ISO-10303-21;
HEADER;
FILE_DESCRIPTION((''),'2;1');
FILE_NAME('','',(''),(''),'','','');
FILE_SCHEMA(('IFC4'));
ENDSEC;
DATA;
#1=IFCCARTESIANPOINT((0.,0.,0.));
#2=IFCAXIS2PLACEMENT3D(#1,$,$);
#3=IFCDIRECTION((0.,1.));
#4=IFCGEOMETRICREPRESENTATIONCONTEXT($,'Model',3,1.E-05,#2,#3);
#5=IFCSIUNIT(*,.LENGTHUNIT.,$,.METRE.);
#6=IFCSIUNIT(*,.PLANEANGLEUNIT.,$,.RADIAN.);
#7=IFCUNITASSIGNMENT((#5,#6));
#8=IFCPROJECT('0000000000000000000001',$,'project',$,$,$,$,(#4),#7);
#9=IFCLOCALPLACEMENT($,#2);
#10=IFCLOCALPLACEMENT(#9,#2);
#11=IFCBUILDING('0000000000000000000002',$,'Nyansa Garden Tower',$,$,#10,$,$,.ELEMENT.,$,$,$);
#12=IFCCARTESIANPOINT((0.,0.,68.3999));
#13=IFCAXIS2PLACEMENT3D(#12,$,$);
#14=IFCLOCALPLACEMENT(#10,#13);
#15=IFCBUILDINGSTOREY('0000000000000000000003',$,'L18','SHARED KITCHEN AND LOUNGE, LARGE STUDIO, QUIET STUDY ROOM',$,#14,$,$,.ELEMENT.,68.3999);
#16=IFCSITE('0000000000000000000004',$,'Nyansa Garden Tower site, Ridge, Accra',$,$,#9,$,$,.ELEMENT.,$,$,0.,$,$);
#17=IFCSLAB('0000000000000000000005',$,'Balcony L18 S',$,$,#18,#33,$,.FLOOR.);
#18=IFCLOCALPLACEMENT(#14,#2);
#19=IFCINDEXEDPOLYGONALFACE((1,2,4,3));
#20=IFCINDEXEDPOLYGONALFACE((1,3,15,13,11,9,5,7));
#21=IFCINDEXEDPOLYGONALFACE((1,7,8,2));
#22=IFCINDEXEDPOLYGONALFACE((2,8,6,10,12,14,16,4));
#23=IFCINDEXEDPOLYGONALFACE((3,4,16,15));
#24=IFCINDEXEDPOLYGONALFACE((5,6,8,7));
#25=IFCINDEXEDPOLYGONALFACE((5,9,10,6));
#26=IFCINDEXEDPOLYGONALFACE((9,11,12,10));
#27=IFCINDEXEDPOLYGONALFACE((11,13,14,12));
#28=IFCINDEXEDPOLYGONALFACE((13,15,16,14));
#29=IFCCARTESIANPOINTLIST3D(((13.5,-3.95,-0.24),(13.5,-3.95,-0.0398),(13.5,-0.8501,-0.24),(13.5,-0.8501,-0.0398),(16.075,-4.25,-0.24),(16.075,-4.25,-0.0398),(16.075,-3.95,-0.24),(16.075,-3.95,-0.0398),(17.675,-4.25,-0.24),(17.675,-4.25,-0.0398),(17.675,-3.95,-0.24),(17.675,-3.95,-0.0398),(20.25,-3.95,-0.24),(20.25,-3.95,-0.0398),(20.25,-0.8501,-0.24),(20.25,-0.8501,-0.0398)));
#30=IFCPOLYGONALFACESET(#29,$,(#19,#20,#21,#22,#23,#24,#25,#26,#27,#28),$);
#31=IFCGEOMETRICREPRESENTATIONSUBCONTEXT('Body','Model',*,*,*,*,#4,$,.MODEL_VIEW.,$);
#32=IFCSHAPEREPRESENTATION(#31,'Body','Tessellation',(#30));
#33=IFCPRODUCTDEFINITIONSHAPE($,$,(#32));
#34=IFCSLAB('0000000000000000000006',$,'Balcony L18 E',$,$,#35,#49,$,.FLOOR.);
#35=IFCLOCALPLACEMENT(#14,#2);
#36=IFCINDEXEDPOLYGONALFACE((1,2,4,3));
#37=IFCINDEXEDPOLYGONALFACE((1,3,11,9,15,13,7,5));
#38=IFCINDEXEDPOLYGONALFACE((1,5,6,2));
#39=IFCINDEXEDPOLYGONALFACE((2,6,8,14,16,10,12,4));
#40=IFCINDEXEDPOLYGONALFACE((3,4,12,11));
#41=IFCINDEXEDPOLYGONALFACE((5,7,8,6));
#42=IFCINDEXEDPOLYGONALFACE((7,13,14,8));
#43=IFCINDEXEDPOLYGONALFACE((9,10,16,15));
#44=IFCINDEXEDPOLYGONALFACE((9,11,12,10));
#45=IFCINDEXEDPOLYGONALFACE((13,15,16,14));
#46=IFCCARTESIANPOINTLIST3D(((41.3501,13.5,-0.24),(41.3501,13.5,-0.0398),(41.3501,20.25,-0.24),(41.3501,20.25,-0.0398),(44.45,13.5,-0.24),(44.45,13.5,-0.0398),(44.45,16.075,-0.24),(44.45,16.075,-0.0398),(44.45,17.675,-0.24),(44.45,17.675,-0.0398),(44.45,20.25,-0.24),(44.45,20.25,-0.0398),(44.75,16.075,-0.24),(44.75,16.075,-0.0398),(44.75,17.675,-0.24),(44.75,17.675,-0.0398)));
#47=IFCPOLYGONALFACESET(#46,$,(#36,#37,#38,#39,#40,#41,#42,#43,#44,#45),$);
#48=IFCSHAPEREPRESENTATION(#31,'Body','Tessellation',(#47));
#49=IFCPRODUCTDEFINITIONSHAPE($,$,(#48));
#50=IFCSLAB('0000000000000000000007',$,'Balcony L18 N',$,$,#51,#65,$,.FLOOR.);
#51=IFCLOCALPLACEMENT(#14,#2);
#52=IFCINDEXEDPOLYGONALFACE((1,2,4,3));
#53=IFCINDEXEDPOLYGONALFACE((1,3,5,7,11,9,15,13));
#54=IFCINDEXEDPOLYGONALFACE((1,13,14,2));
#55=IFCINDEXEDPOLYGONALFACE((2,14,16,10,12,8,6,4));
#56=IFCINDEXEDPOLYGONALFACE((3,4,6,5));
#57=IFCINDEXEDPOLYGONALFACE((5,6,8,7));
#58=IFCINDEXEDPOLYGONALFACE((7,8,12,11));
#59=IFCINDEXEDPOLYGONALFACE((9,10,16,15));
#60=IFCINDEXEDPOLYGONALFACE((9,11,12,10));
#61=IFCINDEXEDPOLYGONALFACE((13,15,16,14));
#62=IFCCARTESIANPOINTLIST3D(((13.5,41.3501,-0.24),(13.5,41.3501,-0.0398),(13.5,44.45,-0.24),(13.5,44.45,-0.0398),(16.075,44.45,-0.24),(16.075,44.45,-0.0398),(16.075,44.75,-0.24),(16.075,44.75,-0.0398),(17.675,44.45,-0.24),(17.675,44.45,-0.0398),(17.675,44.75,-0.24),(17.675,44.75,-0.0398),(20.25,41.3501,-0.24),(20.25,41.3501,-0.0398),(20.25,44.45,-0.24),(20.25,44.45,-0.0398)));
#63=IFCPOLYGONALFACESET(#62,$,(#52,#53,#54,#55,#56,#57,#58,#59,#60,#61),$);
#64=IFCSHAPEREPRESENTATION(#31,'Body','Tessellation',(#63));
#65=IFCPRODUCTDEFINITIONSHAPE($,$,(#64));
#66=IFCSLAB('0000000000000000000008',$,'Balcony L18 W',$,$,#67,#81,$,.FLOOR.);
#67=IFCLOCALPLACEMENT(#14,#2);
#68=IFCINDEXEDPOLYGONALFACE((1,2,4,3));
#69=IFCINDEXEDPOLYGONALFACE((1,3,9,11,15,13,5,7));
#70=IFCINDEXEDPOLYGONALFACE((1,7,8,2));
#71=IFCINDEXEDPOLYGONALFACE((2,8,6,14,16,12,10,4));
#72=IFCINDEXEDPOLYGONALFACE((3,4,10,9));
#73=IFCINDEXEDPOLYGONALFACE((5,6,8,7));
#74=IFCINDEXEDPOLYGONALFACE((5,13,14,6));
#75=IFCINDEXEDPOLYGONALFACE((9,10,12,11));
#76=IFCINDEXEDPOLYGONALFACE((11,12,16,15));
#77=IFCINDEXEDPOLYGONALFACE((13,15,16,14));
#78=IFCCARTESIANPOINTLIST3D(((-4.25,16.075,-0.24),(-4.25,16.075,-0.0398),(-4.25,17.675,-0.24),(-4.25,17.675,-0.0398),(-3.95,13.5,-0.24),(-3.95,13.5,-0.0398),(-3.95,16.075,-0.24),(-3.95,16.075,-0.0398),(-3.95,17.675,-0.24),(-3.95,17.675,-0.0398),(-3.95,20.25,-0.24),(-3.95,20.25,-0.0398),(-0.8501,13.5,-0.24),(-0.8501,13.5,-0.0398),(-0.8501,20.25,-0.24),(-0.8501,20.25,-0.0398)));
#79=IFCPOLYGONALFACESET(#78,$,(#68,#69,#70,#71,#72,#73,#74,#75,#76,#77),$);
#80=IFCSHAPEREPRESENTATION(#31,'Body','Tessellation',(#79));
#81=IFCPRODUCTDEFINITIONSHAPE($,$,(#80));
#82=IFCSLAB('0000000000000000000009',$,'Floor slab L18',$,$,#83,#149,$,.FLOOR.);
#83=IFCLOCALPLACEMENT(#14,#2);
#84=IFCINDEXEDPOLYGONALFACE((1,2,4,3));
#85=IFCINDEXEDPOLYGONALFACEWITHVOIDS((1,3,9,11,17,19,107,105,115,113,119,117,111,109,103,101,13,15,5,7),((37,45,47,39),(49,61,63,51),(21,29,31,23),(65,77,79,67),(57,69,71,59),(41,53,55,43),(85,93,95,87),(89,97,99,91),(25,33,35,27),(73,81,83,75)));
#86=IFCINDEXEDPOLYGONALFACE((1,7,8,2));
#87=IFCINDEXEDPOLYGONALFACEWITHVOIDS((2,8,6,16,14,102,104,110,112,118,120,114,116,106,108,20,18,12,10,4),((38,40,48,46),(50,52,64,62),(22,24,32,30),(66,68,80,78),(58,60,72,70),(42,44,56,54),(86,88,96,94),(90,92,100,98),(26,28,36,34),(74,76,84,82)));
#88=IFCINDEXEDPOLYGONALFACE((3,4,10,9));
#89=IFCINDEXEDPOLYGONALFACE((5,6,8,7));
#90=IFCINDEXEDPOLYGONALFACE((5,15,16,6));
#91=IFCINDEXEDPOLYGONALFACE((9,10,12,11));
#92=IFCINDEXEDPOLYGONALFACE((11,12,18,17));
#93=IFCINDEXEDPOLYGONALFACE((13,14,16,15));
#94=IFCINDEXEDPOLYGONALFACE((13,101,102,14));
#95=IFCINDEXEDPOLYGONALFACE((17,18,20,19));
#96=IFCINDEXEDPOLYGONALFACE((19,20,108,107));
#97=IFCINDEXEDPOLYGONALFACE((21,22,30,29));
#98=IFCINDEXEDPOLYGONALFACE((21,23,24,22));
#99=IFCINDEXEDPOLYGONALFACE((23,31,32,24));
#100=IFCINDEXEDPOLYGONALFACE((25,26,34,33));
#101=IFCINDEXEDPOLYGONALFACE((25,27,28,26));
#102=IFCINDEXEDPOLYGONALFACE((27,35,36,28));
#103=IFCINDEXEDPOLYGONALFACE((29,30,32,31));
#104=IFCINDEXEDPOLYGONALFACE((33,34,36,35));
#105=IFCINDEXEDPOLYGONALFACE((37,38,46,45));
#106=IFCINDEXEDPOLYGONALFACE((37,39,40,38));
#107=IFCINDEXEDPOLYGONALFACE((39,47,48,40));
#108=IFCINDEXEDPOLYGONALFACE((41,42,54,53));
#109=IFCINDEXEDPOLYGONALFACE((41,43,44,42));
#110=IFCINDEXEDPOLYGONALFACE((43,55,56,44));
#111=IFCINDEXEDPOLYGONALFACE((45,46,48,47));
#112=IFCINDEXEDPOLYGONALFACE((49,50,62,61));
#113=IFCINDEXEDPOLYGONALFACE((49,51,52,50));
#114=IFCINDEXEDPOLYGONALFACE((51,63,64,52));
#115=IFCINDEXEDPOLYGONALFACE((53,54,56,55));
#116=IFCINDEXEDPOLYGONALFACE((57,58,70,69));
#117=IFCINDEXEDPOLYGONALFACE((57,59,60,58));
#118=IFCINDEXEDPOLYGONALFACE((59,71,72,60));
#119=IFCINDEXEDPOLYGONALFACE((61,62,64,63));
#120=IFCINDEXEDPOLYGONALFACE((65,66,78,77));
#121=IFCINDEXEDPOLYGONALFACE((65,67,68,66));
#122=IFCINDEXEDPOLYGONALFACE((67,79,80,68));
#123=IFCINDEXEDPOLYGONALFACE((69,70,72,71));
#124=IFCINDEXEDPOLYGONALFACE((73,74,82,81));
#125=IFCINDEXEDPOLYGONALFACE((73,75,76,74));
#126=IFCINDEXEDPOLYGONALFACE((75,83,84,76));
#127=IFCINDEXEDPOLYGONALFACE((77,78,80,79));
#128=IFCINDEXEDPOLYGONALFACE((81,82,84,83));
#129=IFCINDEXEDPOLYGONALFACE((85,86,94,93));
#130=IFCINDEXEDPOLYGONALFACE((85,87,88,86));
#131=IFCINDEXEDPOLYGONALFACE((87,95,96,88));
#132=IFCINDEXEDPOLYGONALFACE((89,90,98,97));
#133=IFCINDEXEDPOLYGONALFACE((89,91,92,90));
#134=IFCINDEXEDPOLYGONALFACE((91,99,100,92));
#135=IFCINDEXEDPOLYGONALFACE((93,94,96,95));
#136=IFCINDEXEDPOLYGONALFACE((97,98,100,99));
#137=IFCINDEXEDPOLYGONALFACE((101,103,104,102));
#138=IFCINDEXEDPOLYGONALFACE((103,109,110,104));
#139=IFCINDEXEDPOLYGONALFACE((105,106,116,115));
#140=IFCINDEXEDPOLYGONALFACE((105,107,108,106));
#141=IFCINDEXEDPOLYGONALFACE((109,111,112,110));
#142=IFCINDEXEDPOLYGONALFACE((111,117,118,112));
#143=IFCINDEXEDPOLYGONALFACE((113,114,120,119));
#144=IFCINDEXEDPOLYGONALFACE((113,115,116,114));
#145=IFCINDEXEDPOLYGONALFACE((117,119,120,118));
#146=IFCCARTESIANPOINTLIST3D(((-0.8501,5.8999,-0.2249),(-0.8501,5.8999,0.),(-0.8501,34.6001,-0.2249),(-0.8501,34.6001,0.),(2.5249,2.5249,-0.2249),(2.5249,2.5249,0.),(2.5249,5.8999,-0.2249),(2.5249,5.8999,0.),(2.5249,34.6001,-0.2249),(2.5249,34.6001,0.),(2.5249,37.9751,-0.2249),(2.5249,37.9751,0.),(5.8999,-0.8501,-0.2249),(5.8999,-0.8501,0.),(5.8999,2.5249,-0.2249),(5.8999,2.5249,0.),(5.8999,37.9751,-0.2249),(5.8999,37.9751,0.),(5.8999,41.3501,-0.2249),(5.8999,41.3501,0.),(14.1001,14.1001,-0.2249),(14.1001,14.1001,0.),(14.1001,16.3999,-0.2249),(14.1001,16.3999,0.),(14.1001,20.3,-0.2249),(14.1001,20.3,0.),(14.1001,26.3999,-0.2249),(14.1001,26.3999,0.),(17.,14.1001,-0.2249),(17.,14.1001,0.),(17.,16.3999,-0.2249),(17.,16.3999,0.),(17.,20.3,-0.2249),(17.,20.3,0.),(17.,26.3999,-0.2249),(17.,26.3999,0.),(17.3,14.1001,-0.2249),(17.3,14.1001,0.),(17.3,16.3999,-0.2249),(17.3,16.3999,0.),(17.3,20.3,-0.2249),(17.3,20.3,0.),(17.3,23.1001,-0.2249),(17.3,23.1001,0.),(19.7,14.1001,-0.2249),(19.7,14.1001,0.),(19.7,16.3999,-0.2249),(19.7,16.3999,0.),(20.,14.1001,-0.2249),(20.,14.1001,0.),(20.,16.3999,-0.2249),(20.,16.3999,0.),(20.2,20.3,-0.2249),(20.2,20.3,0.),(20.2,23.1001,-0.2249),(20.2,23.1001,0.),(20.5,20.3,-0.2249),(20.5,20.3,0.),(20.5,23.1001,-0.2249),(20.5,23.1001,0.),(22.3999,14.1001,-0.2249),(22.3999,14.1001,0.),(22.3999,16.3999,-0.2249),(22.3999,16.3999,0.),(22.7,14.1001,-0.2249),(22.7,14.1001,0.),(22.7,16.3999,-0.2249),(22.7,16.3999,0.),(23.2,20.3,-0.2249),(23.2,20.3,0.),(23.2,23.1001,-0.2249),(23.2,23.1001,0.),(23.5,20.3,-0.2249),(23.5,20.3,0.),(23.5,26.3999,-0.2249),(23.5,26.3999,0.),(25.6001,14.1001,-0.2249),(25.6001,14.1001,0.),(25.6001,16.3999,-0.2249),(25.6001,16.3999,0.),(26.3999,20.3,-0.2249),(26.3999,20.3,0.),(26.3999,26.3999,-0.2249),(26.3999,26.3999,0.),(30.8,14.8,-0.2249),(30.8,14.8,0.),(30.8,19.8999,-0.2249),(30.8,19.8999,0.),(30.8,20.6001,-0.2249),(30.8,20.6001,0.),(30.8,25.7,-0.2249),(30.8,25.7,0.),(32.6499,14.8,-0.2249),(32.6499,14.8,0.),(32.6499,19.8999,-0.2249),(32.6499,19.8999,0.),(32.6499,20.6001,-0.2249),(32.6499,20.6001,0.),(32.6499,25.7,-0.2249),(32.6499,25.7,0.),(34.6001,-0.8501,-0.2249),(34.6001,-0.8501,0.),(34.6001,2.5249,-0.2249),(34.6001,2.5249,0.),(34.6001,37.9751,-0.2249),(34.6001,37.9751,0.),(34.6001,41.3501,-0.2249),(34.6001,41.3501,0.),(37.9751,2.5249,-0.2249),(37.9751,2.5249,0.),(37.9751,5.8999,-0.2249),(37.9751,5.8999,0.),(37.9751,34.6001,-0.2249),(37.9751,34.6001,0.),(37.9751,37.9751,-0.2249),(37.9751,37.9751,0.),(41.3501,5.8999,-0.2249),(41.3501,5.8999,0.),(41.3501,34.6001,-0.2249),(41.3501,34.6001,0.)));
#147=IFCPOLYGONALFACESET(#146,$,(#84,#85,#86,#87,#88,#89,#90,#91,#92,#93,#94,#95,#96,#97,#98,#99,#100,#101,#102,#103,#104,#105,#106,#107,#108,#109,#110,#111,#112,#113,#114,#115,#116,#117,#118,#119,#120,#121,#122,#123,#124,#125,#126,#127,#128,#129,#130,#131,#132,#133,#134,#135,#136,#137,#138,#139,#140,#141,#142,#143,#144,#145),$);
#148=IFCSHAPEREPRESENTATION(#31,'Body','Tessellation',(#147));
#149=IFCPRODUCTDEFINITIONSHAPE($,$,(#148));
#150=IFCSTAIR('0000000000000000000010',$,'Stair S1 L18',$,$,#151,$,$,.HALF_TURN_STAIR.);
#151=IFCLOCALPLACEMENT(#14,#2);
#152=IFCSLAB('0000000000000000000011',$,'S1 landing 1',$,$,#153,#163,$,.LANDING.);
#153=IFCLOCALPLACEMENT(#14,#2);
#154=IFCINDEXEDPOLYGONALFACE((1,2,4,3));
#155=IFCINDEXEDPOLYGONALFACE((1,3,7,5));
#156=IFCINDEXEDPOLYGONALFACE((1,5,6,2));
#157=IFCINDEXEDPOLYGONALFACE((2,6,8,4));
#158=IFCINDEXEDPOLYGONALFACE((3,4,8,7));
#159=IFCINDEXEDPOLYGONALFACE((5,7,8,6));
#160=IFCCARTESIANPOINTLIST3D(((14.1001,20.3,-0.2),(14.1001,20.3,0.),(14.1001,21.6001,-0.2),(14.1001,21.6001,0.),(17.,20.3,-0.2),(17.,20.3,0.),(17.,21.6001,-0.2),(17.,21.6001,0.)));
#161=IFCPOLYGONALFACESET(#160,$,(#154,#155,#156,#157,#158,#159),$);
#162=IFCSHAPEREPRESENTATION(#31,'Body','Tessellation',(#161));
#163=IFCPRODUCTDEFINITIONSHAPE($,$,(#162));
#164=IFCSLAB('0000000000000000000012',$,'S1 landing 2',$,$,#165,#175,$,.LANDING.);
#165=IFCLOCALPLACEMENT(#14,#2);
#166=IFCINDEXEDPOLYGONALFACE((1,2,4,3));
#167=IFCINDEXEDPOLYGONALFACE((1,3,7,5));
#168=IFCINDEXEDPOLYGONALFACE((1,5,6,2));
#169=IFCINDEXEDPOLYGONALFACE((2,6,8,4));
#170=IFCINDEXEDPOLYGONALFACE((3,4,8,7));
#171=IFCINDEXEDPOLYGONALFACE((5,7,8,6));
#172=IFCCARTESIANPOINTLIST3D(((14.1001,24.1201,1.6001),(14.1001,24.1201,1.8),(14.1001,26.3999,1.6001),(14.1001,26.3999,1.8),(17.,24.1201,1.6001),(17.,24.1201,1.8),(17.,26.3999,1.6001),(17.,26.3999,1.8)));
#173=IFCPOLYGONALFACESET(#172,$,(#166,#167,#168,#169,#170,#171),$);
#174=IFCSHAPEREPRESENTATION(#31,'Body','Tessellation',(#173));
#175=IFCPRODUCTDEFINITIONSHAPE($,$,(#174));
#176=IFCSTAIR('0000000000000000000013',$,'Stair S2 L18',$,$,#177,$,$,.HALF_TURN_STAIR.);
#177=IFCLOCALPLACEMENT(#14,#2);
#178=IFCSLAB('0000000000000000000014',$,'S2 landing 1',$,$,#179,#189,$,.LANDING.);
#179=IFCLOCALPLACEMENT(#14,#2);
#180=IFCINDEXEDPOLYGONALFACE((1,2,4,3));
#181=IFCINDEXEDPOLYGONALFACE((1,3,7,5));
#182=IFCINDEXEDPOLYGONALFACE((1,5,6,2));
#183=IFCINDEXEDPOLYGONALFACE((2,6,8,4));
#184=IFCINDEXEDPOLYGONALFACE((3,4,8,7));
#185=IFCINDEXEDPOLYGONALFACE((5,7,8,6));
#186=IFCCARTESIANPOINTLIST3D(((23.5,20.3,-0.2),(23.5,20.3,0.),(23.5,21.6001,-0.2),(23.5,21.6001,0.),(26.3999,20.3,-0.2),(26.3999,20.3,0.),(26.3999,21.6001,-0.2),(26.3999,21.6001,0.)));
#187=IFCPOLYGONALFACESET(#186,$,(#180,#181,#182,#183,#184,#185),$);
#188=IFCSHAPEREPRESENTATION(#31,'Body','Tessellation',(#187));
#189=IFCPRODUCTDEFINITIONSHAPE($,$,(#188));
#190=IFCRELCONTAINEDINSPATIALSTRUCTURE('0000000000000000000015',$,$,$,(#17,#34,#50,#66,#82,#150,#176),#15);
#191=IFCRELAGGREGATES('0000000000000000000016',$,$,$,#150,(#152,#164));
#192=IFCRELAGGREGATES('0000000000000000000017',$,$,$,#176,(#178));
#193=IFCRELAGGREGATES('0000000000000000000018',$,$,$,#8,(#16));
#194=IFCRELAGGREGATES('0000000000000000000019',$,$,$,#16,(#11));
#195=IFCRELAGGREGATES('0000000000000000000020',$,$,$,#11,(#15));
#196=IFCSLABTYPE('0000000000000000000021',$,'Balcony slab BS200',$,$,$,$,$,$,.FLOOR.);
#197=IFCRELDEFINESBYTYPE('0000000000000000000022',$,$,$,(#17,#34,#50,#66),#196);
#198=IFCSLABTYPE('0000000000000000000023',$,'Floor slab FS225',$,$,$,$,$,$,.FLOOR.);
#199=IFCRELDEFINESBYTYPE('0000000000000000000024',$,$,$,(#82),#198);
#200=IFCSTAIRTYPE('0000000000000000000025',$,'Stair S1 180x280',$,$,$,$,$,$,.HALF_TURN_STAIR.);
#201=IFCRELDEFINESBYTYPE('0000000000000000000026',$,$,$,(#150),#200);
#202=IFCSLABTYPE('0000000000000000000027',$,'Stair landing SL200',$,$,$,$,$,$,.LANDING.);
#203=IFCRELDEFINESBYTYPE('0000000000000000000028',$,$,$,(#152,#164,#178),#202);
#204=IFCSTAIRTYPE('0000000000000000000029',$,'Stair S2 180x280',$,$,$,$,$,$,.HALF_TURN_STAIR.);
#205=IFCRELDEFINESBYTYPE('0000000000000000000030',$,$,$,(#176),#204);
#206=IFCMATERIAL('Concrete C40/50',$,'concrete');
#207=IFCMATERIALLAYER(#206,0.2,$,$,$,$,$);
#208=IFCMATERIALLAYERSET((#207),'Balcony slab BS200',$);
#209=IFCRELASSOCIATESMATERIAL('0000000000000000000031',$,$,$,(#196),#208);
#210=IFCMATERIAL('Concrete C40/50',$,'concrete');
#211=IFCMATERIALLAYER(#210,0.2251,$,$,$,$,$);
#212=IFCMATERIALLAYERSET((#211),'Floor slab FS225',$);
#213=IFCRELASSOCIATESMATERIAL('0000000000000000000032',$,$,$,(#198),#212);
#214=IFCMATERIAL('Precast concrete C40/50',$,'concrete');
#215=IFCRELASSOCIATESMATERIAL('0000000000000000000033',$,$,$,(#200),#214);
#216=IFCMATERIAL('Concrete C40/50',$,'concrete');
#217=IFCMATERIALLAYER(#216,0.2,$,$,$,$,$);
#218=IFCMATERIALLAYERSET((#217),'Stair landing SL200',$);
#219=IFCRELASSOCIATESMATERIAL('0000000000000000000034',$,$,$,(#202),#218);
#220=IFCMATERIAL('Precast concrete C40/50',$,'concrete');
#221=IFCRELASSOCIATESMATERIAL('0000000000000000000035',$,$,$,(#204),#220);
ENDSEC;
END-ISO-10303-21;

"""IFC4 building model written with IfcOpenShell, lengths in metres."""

from ifc_helpers import new_model, si_unit, direction, frame, origin, place, context, subcontext, project, spatial, polyline, outline, extrude, material, layer, layer_set, type_object, element, aggregate, save


model = new_model("IFC4")

# Units and contexts
model_context = context("Model", 3, precision=1e-05, world=origin(), true_north=direction((0.0, 1.0)))
body_context = subcontext(model_context, "Body", "Model", "MODEL_VIEW")
ifc_project = project(units=[si_unit("LENGTHUNIT", "METRE"), si_unit("PLANEANGLEUNIT", "RADIAN")], contexts=[model_context])

# Site, building, storey
site_placement = place(None, origin())
site = spatial("IfcSite", under=ifc_project, at=site_placement, Name="Nyansa Garden Tower site, Ridge, Accra", CompositionType="ELEMENT", RefElevation=0.0)
building_placement = place(site_placement, origin())
building = spatial("IfcBuilding", under=site, at=building_placement, Name="Nyansa Garden Tower", CompositionType="ELEMENT")
storey_placement = place(building_placement, frame((0.0, 0.0, 68.3999)))
storey = spatial("IfcBuildingStorey", under=building, at=storey_placement, Name="L18", Description="SHARED KITCHEN AND LOUNGE, LARGE STUDIO, QUIET STUDY ROOM", CompositionType="ELEMENT", Elevation=68.3999)

# Slabs
ifc_material_1 = material(Name="Concrete C40/50", Category="concrete")
ifc_layer_1 = layer(ifc_material_1, 0.2)
ifc_layer_set_1 = layer_set([ifc_layer_1], Name="Balcony slab BS200")
slab_type_1 = type_object("IfcSlabType", Name="Balcony slab BS200", PredefinedType="FLOOR", material=ifc_layer_set_1)
slab_1_placement = place(storey_placement, frame((0.0, 0.0, -0.24)))
element("IfcSlab", 1, at=slab_1_placement, inside=storey, type_object=slab_type_1, Name="Balcony L18 S", PredefinedType="FLOOR", context=body_context, shape_type="SweptSolid", body=[
    extrude(outline(polyline([(13.5, -0.8501), (20.25, -0.8501), (20.25, -3.95), (17.675, -3.95), (17.675, -4.25), (16.075, -4.25), (16.075, -3.95), (13.5, -3.95), (13.5, -0.8501)])), origin(), (0.0, 0.0, 1.0), 0.2002),
])
slab_2_placement = place(storey_placement, frame((0.0, 0.0, -0.24)))
element("IfcSlab", 2, at=slab_2_placement, inside=storey, type_object=slab_type_1, Name="Balcony L18 E", PredefinedType="FLOOR", context=body_context, shape_type="SweptSolid", body=[
    extrude(outline(polyline([(41.3501, 13.5), (41.3501, 20.25), (44.45, 20.25), (44.45, 17.675), (44.75, 17.675), (44.75, 16.075), (44.45, 16.075), (44.45, 13.5), (41.3501, 13.5)])), origin(), (0.0, 0.0, 1.0), 0.2002),
])
slab_3_placement = place(storey_placement, frame((0.0, 0.0, -0.24)))
element("IfcSlab", 3, at=slab_3_placement, inside=storey, type_object=slab_type_1, Name="Balcony L18 N", PredefinedType="FLOOR", context=body_context, shape_type="SweptSolid", body=[
    extrude(outline(polyline([(13.5, 41.3501), (20.25, 41.3501), (20.25, 44.45), (17.675, 44.45), (17.675, 44.75), (16.075, 44.75), (16.075, 44.45), (13.5, 44.45), (13.5, 41.3501)])), origin(), (0.0, 0.0, 1.0), 0.2002),
])
slab_4_placement = place(storey_placement, frame((0.0, 0.0, -0.24)))
element("IfcSlab", 4, at=slab_4_placement, inside=storey, type_object=slab_type_1, Name="Balcony L18 W", PredefinedType="FLOOR", context=body_context, shape_type="SweptSolid", body=[
    extrude(outline(polyline([(-0.8501, 13.5), (-0.8501, 20.25), (-3.95, 20.25), (-3.95, 17.675), (-4.25, 17.675), (-4.25, 16.075), (-3.95, 16.075), (-3.95, 13.5), (-0.8501, 13.5)])), origin(), (0.0, 0.0, 1.0), 0.2002),
])
ifc_material_2 = material(Name="Concrete C40/50", Category="concrete")
ifc_layer_2 = layer(ifc_material_2, 0.2251)
ifc_layer_set_2 = layer_set([ifc_layer_2], Name="Floor slab FS225")
slab_type_2 = type_object("IfcSlabType", Name="Floor slab FS225", PredefinedType="FLOOR", material=ifc_layer_set_2)
slab_5_placement = place(storey_placement, frame((0.0, 0.0, -0.2249)))
element("IfcSlab", 5, at=slab_5_placement, inside=storey, type_object=slab_type_2, Name="Floor slab L18", PredefinedType="FLOOR", context=body_context, shape_type="SweptSolid", body=[
    extrude(outline(polyline([(41.3501, 5.8999), (37.9751, 5.8999), (37.9751, 2.5249), (34.6001, 2.5249), (34.6001, -0.8501), (5.8999, -0.8501), (5.8999, 2.5249), (2.5249, 2.5249), (2.5249, 5.8999), (-0.8501, 5.8999), (-0.8501, 34.6001), (2.5249, 34.6001), (2.5249, 37.9751), (5.8999, 37.9751), (5.8999, 41.3501), (34.6001, 41.3501), (34.6001, 37.9751), (37.9751, 37.9751), (37.9751, 34.6001), (41.3501, 34.6001), (41.3501, 5.8999)]), holes=[polyline([(14.1001, 14.1001), (17.0, 14.1001), (17.0, 16.3999), (14.1001, 16.3999), (14.1001, 14.1001)]), polyline([(17.3, 14.1001), (19.7, 14.1001), (19.7, 16.3999), (17.3, 16.3999), (17.3, 14.1001)]), polyline([(20.0, 14.1001), (22.3999, 14.1001), (22.3999, 16.3999), (20.0, 16.3999), (20.0, 14.1001)]), polyline([(22.7, 14.1001), (25.6001, 14.1001), (25.6001, 16.3999), (22.7, 16.3999), (22.7, 14.1001)]), polyline([(17.3, 20.3), (20.2, 20.3), (20.2, 23.1001), (17.3, 23.1001), (17.3, 20.3)]), polyline([(20.5, 20.3), (23.2, 20.3), (23.2, 23.1001), (20.5, 23.1001), (20.5, 20.3)]), polyline([(30.8, 14.8), (32.6499, 14.8), (32.6499, 19.8999), (30.8, 19.8999), (30.8, 14.8)]), polyline([(30.8, 20.6001), (32.6499, 20.6001), (32.6499, 25.7), (30.8, 25.7), (30.8, 20.6001)]), polyline([(14.1001, 20.3), (17.0, 20.3), (17.0, 26.3999), (14.1001, 26.3999), (14.1001, 20.3)]), polyline([(23.5, 20.3), (26.3999, 20.3), (26.3999, 26.3999), (23.5, 26.3999), (23.5, 20.3)])]), origin(), (0.0, 0.0, 1.0), 0.2249),
])

# Stair, slabs
ifc_material_3 = material(Name="Precast concrete C40/50", Category="concrete")
stair_type_1 = type_object("IfcStairType", Name="Stair S1 180x280", PredefinedType="HALF_TURN_STAIR", material=ifc_material_3)
stair_1_placement = place(storey_placement, origin())
stair_1 = element("IfcStair", 6, at=stair_1_placement, inside=storey, type_object=stair_type_1, Name="Stair S1 L18", PredefinedType="HALF_TURN_STAIR")
ifc_material_4 = material(Name="Concrete C40/50", Category="concrete")
ifc_layer_3 = layer(ifc_material_4, 0.2)
ifc_layer_set_3 = layer_set([ifc_layer_3], Name="Stair landing SL200")
slab_type_3 = type_object("IfcSlabType", Name="Stair landing SL200", PredefinedType="LANDING", material=ifc_layer_set_3)
slab_6_placement = place(storey_placement, frame((0.0, 0.0, -0.2)))
slab_6 = element("IfcSlab", 7, at=slab_6_placement, type_object=slab_type_3, Name="S1 landing 1", PredefinedType="LANDING", context=body_context, shape_type="SweptSolid", body=[
    extrude(outline(polyline([(14.1001, 20.3), (17.0, 20.3), (17.0, 21.6001), (14.1001, 21.6001), (14.1001, 20.3)])), origin(), (0.0, 0.0, 1.0), 0.2),
])
slab_7_placement = place(storey_placement, frame((0.0, 0.0, 1.6001)))
slab_7 = element("IfcSlab", 8, at=slab_7_placement, type_object=slab_type_3, Name="S1 landing 2", PredefinedType="LANDING", context=body_context, shape_type="SweptSolid", body=[
    extrude(outline(polyline([(14.1001, 24.1201), (17.0, 24.1201), (17.0, 26.3999), (14.1001, 26.3999), (14.1001, 24.1201)])), origin(), (0.0, 0.0, 1.0), 0.2),
])
aggregate(stair_1, [slab_6, slab_7])

# Stair, slab
ifc_material_5 = material(Name="Precast concrete C40/50", Category="concrete")
stair_type_2 = type_object("IfcStairType", Name="Stair S2 180x280", PredefinedType="HALF_TURN_STAIR", material=ifc_material_5)
stair_2_placement = place(storey_placement, origin())
stair_2 = element("IfcStair", 9, at=stair_2_placement, inside=storey, type_object=stair_type_2, Name="Stair S2 L18", PredefinedType="HALF_TURN_STAIR")
slab_8_placement = place(storey_placement, frame((0.0, 0.0, -0.2)))
slab_8 = element("IfcSlab", 10, at=slab_8_placement, type_object=slab_type_3, Name="S2 landing 1", PredefinedType="LANDING", context=body_context, shape_type="SweptSolid", body=[
    extrude(outline(polyline([(23.5, 20.3), (26.3999, 20.3), (26.3999, 21.6001), (23.5, 21.6001), (23.5, 20.3)])), origin(), (0.0, 0.0, 1.0), 0.2),
])
aggregate(stair_2, [slab_8])

save(model, "model.ifc")
